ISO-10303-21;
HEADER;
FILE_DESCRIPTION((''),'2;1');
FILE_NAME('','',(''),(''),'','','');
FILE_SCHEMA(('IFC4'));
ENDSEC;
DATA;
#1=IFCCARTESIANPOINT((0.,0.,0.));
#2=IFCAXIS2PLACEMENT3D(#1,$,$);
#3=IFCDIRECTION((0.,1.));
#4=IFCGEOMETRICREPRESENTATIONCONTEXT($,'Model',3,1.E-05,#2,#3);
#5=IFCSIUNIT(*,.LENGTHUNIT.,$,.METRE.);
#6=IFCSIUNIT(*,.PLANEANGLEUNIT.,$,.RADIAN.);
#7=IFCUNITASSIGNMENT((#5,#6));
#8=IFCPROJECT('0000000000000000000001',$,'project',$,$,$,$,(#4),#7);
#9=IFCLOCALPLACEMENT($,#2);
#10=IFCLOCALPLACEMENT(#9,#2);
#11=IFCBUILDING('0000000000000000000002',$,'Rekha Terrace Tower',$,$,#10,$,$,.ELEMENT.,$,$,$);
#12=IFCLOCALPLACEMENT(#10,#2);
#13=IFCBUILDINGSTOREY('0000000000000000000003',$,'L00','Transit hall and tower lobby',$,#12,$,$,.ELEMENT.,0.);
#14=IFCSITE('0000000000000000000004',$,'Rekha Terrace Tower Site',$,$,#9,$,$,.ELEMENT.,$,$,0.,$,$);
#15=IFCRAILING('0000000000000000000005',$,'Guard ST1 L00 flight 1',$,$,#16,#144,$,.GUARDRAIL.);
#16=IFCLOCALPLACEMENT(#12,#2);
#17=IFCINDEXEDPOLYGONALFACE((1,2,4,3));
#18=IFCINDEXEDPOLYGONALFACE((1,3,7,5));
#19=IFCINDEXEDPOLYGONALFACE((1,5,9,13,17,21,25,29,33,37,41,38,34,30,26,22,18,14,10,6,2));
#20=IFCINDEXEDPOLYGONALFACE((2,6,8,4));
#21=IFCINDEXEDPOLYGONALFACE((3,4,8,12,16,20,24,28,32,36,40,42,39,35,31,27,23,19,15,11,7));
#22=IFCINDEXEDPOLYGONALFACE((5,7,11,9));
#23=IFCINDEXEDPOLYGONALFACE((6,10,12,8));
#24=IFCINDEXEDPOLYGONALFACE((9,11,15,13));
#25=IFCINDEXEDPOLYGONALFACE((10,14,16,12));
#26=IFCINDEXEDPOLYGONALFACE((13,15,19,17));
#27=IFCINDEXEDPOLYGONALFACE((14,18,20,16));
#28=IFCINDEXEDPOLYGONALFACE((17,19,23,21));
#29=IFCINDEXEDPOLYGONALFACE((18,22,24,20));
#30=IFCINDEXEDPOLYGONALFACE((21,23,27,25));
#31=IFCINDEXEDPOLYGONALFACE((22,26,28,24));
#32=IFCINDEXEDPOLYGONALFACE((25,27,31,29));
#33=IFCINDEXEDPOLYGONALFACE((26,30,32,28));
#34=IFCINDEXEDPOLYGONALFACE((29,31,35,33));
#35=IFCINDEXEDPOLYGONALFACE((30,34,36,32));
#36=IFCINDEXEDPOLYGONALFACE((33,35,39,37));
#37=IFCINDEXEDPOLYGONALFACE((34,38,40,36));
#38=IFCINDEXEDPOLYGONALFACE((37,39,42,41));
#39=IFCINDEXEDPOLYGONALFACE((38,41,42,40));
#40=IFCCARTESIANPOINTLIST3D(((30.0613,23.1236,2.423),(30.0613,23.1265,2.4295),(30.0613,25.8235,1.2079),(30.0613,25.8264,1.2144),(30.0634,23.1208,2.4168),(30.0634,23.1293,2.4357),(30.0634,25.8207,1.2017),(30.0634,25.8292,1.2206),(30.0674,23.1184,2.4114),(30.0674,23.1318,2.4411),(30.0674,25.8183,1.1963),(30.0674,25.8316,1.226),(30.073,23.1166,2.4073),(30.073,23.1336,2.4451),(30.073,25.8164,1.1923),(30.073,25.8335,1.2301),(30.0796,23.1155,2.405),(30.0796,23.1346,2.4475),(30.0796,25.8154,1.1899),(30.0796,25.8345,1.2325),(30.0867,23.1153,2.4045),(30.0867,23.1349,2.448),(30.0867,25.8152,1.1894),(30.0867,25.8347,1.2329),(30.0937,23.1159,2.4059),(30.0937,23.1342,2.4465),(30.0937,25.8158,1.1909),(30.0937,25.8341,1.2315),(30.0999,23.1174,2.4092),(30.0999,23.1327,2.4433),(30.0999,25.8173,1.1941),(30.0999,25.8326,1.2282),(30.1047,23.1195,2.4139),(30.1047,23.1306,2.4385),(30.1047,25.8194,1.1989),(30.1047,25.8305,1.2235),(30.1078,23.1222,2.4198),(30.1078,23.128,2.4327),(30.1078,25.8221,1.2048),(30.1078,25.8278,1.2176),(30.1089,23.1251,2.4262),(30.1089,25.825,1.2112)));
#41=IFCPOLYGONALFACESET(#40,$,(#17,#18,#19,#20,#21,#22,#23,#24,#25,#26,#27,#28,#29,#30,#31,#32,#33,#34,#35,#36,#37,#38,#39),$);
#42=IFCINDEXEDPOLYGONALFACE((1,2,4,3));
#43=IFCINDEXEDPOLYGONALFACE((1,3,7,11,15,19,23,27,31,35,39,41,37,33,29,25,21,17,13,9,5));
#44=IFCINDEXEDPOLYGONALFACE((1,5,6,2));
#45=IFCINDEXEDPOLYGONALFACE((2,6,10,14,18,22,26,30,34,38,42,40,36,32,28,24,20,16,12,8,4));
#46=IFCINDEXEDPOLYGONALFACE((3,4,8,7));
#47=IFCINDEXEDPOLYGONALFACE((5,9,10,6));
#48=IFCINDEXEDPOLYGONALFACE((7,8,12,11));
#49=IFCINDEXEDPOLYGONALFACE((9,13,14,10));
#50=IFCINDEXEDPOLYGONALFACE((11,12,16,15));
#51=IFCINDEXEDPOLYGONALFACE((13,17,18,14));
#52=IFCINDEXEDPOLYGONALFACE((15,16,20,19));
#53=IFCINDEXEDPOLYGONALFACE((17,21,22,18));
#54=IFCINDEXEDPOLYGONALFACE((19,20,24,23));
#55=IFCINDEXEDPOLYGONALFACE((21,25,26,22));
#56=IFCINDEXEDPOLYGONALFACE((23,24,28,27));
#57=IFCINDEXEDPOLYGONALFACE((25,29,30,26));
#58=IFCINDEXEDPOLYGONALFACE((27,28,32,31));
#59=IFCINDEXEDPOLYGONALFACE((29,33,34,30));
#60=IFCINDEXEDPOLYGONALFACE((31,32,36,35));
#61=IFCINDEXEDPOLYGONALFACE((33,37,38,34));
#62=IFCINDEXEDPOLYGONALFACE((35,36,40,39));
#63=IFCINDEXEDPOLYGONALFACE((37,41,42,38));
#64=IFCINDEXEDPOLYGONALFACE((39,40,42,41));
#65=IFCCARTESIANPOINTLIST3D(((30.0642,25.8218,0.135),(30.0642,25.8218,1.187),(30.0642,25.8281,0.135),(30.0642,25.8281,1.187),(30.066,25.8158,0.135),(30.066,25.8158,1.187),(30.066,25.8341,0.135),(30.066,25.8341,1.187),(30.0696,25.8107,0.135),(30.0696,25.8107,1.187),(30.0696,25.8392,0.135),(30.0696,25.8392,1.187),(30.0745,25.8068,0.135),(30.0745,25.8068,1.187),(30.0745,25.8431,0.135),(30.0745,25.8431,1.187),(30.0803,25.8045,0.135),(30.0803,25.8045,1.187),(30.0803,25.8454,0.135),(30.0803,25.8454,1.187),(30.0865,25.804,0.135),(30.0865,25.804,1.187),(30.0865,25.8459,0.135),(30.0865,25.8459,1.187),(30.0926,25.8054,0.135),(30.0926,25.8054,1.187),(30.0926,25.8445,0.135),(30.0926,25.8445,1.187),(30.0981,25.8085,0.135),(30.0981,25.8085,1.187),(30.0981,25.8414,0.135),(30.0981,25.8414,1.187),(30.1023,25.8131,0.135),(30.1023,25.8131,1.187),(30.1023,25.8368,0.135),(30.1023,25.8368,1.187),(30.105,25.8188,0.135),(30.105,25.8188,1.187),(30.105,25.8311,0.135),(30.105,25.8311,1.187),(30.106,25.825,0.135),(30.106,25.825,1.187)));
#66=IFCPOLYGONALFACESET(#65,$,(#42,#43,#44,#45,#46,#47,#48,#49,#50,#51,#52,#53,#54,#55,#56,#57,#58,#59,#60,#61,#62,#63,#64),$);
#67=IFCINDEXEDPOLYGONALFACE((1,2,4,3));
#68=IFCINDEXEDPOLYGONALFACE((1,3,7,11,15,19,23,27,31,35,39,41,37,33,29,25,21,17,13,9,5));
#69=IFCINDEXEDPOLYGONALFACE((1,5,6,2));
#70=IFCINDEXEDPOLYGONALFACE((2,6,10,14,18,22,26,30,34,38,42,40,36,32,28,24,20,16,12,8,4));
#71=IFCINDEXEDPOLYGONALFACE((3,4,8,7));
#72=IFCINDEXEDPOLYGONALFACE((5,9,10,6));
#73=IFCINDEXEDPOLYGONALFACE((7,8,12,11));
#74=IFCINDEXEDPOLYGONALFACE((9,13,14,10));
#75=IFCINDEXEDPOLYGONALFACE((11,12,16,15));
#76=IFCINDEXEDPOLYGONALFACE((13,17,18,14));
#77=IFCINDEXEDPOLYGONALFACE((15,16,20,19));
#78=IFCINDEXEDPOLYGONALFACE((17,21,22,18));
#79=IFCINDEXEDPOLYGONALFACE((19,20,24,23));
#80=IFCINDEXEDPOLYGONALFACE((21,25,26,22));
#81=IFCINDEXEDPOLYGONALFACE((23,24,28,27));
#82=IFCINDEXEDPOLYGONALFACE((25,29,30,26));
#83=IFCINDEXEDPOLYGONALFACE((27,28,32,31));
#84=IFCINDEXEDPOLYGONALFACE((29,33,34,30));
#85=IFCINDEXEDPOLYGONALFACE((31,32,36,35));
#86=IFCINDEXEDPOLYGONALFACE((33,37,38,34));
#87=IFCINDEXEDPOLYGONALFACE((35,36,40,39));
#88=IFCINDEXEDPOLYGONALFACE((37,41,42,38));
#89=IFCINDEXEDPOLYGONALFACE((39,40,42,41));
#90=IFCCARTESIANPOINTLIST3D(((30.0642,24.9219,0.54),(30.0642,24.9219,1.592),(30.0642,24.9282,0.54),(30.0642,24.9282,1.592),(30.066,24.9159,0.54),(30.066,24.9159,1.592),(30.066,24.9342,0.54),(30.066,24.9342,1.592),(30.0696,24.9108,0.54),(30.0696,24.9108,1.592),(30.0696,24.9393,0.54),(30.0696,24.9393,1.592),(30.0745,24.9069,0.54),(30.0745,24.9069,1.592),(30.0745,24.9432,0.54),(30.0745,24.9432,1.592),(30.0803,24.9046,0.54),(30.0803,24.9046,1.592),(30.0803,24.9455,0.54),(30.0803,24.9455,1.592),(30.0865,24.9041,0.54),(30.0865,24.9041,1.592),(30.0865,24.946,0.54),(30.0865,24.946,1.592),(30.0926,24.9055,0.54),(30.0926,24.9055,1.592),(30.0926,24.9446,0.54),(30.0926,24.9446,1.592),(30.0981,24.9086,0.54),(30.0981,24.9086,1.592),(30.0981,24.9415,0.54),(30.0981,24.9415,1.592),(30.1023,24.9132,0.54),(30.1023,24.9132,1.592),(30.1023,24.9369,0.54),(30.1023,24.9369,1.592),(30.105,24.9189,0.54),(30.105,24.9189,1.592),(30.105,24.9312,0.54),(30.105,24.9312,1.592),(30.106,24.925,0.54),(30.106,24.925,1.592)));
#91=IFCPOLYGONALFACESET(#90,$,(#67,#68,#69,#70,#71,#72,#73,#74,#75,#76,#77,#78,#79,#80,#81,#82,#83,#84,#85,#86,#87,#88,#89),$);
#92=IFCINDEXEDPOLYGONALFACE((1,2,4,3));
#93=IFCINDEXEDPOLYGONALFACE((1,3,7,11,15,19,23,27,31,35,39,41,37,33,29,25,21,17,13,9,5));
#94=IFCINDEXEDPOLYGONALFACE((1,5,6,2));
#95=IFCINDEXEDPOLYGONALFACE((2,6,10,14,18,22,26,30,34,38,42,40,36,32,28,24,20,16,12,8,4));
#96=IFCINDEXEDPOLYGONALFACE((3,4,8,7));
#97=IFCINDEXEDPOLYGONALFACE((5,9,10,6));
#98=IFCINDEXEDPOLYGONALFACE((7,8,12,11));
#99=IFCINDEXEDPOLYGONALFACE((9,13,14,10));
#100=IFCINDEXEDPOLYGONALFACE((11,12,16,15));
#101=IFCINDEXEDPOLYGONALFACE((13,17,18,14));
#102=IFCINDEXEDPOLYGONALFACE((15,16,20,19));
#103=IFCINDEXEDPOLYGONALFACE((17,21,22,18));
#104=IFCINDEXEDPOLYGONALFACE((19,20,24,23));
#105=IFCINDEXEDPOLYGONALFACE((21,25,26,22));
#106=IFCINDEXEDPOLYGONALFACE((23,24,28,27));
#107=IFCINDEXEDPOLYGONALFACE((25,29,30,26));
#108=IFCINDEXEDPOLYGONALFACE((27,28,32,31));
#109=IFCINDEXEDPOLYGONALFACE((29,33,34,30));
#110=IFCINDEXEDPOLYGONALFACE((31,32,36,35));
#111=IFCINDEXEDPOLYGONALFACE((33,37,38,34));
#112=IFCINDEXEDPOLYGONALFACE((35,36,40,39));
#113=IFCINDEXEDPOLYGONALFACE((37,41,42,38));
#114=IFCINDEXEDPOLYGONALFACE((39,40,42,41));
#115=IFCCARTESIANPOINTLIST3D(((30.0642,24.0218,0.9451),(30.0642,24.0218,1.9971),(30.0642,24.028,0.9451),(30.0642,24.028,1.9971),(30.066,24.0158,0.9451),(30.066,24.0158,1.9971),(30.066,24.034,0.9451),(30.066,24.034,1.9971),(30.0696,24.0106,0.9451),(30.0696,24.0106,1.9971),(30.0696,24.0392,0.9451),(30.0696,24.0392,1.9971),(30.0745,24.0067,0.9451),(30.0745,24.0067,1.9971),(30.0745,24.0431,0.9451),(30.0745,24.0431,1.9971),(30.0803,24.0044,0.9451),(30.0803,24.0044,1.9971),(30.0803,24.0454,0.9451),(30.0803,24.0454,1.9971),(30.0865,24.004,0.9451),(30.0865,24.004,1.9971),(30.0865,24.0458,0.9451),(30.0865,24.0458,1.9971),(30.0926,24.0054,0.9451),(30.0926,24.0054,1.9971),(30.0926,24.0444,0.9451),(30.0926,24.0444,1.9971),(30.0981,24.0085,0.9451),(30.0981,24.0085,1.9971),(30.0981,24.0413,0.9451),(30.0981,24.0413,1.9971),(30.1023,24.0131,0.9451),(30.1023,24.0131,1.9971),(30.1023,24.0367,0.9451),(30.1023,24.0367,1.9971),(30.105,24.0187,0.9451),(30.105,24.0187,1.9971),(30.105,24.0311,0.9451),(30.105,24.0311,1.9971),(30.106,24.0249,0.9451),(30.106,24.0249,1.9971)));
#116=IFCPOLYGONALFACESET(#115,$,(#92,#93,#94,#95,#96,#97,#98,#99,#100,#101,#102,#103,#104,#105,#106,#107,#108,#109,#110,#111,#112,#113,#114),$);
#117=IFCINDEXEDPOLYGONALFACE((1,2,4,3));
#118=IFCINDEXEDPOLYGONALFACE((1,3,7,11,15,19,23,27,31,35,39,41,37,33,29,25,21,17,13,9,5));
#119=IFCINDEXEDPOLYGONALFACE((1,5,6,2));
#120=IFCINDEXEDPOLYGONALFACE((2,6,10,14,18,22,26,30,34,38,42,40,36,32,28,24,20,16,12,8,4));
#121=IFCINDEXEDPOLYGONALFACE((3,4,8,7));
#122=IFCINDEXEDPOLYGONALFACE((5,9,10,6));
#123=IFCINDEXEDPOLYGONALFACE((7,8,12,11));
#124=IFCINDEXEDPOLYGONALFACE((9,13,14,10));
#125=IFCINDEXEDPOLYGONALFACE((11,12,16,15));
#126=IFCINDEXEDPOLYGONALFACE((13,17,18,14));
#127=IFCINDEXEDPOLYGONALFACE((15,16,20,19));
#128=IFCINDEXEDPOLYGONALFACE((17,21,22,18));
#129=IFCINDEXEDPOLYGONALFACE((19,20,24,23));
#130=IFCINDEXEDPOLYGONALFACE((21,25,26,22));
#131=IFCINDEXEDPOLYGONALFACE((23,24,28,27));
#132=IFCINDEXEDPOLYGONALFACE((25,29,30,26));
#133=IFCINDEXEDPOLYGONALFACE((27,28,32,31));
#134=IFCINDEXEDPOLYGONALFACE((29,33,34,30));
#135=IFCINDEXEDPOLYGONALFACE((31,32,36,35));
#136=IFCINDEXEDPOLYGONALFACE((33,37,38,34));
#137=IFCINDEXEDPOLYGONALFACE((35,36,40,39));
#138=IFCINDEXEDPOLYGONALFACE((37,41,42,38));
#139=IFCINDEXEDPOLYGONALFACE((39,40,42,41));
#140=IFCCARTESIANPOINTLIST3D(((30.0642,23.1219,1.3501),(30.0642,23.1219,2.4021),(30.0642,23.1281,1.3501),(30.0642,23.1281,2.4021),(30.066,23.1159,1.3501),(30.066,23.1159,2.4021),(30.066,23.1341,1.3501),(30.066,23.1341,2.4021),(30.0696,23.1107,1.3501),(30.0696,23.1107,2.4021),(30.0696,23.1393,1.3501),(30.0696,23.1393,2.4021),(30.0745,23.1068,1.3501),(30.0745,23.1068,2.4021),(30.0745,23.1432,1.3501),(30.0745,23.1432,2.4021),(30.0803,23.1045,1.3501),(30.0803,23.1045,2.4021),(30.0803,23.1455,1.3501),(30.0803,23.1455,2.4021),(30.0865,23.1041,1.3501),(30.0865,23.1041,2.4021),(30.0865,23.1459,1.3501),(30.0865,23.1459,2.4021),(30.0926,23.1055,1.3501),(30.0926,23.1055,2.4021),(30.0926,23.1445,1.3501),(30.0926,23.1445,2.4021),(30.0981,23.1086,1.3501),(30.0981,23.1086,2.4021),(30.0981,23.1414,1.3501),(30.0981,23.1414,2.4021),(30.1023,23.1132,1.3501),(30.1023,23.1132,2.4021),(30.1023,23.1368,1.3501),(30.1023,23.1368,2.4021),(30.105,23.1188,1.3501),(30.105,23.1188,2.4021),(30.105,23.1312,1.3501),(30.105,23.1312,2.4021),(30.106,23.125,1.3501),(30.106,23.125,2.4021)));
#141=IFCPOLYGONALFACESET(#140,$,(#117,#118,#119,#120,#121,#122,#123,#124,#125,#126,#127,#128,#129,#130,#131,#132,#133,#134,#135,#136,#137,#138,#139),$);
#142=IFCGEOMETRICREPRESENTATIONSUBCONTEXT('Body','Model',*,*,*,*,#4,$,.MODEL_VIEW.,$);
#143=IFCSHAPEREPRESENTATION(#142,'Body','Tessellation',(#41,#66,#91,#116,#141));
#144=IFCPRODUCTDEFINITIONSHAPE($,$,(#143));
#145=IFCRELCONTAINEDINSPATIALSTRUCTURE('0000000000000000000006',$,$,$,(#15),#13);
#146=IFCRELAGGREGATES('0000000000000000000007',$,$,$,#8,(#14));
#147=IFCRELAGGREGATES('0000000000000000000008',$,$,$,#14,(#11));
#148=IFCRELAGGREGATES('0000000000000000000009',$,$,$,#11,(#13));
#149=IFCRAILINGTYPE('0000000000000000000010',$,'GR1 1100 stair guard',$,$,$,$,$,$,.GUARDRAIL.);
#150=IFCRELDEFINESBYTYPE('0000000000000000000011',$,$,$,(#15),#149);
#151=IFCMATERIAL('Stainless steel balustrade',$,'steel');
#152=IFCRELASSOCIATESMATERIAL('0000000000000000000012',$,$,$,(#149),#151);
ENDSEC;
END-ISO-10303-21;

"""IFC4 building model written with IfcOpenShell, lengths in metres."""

from ifc_helpers import new_model, si_unit, direction, frame, origin, origin_2d, place, context, subcontext, project, spatial, circle, extrude, material, type_object, element, save


model = new_model("IFC4")

# Units and contexts
model_context = context("Model", 3, precision=1e-05, world=origin(), true_north=direction((0.0, 1.0)))
body_context = subcontext(model_context, "Body", "Model", "MODEL_VIEW")
ifc_project = project(units=[si_unit("LENGTHUNIT", "METRE"), si_unit("PLANEANGLEUNIT", "RADIAN")], contexts=[model_context])

# Site, building, storey
site_placement = place(None, origin())
site = spatial("IfcSite", under=ifc_project, at=site_placement, Name="Rekha Terrace Tower Site", CompositionType="ELEMENT", RefElevation=0.0)
building_placement = place(site_placement, origin())
building = spatial("IfcBuilding", under=site, at=building_placement, Name="Rekha Terrace Tower", CompositionType="ELEMENT")
storey_placement = place(building_placement, origin())
storey = spatial("IfcBuildingStorey", under=building, at=storey_placement, Name="L00", Description="Transit hall and tower lobby", CompositionType="ELEMENT", Elevation=0.0)

# Railing
ifc_material_1 = material(Name="Stainless steel balustrade", Category="steel")
railing_type_1 = type_object("IfcRailingType", Name="GR1 1100 stair guard", PredefinedType="GUARDRAIL", material=ifc_material_1)
railing_1_placement = place(storey_placement, frame((30.085, 25.825, 0.135)))
element("IfcRailing", 1, at=railing_1_placement, inside=storey, type_object=railing_type_1, Name="Guard ST1 L00 flight 1", PredefinedType="GUARDRAIL", context=body_context, shape_type="SweptSolid", body=[
    extrude(circle(Radius=0.0239, at=origin_2d()), frame((0.0, 0.0, 1.0762), z_axis=(0.0, -0.911908, 0.410396), x_axis=(1.0, 0.0, 0.0)), (0.0, 0.0, 1.0), 2.9607),
    extrude(circle(Radius=0.021, at=origin_2d()), origin(), (0.0, 0.0, 1.0), 1.052),
    extrude(circle(Radius=0.021, at=origin_2d()), frame((0.0, -0.8999, 0.405)), (0.0, 0.0, 1.0), 1.052),
    extrude(circle(Radius=0.021, at=origin_2d()), frame((0.0, -1.8, 0.8101)), (0.0, 0.0, 1.0), 1.052),
    extrude(circle(Radius=0.021, at=origin_2d()), frame((0.0, -2.7, 1.2151)), (0.0, 0.0, 1.0), 1.052),
])

save(model, "model.ifc")
